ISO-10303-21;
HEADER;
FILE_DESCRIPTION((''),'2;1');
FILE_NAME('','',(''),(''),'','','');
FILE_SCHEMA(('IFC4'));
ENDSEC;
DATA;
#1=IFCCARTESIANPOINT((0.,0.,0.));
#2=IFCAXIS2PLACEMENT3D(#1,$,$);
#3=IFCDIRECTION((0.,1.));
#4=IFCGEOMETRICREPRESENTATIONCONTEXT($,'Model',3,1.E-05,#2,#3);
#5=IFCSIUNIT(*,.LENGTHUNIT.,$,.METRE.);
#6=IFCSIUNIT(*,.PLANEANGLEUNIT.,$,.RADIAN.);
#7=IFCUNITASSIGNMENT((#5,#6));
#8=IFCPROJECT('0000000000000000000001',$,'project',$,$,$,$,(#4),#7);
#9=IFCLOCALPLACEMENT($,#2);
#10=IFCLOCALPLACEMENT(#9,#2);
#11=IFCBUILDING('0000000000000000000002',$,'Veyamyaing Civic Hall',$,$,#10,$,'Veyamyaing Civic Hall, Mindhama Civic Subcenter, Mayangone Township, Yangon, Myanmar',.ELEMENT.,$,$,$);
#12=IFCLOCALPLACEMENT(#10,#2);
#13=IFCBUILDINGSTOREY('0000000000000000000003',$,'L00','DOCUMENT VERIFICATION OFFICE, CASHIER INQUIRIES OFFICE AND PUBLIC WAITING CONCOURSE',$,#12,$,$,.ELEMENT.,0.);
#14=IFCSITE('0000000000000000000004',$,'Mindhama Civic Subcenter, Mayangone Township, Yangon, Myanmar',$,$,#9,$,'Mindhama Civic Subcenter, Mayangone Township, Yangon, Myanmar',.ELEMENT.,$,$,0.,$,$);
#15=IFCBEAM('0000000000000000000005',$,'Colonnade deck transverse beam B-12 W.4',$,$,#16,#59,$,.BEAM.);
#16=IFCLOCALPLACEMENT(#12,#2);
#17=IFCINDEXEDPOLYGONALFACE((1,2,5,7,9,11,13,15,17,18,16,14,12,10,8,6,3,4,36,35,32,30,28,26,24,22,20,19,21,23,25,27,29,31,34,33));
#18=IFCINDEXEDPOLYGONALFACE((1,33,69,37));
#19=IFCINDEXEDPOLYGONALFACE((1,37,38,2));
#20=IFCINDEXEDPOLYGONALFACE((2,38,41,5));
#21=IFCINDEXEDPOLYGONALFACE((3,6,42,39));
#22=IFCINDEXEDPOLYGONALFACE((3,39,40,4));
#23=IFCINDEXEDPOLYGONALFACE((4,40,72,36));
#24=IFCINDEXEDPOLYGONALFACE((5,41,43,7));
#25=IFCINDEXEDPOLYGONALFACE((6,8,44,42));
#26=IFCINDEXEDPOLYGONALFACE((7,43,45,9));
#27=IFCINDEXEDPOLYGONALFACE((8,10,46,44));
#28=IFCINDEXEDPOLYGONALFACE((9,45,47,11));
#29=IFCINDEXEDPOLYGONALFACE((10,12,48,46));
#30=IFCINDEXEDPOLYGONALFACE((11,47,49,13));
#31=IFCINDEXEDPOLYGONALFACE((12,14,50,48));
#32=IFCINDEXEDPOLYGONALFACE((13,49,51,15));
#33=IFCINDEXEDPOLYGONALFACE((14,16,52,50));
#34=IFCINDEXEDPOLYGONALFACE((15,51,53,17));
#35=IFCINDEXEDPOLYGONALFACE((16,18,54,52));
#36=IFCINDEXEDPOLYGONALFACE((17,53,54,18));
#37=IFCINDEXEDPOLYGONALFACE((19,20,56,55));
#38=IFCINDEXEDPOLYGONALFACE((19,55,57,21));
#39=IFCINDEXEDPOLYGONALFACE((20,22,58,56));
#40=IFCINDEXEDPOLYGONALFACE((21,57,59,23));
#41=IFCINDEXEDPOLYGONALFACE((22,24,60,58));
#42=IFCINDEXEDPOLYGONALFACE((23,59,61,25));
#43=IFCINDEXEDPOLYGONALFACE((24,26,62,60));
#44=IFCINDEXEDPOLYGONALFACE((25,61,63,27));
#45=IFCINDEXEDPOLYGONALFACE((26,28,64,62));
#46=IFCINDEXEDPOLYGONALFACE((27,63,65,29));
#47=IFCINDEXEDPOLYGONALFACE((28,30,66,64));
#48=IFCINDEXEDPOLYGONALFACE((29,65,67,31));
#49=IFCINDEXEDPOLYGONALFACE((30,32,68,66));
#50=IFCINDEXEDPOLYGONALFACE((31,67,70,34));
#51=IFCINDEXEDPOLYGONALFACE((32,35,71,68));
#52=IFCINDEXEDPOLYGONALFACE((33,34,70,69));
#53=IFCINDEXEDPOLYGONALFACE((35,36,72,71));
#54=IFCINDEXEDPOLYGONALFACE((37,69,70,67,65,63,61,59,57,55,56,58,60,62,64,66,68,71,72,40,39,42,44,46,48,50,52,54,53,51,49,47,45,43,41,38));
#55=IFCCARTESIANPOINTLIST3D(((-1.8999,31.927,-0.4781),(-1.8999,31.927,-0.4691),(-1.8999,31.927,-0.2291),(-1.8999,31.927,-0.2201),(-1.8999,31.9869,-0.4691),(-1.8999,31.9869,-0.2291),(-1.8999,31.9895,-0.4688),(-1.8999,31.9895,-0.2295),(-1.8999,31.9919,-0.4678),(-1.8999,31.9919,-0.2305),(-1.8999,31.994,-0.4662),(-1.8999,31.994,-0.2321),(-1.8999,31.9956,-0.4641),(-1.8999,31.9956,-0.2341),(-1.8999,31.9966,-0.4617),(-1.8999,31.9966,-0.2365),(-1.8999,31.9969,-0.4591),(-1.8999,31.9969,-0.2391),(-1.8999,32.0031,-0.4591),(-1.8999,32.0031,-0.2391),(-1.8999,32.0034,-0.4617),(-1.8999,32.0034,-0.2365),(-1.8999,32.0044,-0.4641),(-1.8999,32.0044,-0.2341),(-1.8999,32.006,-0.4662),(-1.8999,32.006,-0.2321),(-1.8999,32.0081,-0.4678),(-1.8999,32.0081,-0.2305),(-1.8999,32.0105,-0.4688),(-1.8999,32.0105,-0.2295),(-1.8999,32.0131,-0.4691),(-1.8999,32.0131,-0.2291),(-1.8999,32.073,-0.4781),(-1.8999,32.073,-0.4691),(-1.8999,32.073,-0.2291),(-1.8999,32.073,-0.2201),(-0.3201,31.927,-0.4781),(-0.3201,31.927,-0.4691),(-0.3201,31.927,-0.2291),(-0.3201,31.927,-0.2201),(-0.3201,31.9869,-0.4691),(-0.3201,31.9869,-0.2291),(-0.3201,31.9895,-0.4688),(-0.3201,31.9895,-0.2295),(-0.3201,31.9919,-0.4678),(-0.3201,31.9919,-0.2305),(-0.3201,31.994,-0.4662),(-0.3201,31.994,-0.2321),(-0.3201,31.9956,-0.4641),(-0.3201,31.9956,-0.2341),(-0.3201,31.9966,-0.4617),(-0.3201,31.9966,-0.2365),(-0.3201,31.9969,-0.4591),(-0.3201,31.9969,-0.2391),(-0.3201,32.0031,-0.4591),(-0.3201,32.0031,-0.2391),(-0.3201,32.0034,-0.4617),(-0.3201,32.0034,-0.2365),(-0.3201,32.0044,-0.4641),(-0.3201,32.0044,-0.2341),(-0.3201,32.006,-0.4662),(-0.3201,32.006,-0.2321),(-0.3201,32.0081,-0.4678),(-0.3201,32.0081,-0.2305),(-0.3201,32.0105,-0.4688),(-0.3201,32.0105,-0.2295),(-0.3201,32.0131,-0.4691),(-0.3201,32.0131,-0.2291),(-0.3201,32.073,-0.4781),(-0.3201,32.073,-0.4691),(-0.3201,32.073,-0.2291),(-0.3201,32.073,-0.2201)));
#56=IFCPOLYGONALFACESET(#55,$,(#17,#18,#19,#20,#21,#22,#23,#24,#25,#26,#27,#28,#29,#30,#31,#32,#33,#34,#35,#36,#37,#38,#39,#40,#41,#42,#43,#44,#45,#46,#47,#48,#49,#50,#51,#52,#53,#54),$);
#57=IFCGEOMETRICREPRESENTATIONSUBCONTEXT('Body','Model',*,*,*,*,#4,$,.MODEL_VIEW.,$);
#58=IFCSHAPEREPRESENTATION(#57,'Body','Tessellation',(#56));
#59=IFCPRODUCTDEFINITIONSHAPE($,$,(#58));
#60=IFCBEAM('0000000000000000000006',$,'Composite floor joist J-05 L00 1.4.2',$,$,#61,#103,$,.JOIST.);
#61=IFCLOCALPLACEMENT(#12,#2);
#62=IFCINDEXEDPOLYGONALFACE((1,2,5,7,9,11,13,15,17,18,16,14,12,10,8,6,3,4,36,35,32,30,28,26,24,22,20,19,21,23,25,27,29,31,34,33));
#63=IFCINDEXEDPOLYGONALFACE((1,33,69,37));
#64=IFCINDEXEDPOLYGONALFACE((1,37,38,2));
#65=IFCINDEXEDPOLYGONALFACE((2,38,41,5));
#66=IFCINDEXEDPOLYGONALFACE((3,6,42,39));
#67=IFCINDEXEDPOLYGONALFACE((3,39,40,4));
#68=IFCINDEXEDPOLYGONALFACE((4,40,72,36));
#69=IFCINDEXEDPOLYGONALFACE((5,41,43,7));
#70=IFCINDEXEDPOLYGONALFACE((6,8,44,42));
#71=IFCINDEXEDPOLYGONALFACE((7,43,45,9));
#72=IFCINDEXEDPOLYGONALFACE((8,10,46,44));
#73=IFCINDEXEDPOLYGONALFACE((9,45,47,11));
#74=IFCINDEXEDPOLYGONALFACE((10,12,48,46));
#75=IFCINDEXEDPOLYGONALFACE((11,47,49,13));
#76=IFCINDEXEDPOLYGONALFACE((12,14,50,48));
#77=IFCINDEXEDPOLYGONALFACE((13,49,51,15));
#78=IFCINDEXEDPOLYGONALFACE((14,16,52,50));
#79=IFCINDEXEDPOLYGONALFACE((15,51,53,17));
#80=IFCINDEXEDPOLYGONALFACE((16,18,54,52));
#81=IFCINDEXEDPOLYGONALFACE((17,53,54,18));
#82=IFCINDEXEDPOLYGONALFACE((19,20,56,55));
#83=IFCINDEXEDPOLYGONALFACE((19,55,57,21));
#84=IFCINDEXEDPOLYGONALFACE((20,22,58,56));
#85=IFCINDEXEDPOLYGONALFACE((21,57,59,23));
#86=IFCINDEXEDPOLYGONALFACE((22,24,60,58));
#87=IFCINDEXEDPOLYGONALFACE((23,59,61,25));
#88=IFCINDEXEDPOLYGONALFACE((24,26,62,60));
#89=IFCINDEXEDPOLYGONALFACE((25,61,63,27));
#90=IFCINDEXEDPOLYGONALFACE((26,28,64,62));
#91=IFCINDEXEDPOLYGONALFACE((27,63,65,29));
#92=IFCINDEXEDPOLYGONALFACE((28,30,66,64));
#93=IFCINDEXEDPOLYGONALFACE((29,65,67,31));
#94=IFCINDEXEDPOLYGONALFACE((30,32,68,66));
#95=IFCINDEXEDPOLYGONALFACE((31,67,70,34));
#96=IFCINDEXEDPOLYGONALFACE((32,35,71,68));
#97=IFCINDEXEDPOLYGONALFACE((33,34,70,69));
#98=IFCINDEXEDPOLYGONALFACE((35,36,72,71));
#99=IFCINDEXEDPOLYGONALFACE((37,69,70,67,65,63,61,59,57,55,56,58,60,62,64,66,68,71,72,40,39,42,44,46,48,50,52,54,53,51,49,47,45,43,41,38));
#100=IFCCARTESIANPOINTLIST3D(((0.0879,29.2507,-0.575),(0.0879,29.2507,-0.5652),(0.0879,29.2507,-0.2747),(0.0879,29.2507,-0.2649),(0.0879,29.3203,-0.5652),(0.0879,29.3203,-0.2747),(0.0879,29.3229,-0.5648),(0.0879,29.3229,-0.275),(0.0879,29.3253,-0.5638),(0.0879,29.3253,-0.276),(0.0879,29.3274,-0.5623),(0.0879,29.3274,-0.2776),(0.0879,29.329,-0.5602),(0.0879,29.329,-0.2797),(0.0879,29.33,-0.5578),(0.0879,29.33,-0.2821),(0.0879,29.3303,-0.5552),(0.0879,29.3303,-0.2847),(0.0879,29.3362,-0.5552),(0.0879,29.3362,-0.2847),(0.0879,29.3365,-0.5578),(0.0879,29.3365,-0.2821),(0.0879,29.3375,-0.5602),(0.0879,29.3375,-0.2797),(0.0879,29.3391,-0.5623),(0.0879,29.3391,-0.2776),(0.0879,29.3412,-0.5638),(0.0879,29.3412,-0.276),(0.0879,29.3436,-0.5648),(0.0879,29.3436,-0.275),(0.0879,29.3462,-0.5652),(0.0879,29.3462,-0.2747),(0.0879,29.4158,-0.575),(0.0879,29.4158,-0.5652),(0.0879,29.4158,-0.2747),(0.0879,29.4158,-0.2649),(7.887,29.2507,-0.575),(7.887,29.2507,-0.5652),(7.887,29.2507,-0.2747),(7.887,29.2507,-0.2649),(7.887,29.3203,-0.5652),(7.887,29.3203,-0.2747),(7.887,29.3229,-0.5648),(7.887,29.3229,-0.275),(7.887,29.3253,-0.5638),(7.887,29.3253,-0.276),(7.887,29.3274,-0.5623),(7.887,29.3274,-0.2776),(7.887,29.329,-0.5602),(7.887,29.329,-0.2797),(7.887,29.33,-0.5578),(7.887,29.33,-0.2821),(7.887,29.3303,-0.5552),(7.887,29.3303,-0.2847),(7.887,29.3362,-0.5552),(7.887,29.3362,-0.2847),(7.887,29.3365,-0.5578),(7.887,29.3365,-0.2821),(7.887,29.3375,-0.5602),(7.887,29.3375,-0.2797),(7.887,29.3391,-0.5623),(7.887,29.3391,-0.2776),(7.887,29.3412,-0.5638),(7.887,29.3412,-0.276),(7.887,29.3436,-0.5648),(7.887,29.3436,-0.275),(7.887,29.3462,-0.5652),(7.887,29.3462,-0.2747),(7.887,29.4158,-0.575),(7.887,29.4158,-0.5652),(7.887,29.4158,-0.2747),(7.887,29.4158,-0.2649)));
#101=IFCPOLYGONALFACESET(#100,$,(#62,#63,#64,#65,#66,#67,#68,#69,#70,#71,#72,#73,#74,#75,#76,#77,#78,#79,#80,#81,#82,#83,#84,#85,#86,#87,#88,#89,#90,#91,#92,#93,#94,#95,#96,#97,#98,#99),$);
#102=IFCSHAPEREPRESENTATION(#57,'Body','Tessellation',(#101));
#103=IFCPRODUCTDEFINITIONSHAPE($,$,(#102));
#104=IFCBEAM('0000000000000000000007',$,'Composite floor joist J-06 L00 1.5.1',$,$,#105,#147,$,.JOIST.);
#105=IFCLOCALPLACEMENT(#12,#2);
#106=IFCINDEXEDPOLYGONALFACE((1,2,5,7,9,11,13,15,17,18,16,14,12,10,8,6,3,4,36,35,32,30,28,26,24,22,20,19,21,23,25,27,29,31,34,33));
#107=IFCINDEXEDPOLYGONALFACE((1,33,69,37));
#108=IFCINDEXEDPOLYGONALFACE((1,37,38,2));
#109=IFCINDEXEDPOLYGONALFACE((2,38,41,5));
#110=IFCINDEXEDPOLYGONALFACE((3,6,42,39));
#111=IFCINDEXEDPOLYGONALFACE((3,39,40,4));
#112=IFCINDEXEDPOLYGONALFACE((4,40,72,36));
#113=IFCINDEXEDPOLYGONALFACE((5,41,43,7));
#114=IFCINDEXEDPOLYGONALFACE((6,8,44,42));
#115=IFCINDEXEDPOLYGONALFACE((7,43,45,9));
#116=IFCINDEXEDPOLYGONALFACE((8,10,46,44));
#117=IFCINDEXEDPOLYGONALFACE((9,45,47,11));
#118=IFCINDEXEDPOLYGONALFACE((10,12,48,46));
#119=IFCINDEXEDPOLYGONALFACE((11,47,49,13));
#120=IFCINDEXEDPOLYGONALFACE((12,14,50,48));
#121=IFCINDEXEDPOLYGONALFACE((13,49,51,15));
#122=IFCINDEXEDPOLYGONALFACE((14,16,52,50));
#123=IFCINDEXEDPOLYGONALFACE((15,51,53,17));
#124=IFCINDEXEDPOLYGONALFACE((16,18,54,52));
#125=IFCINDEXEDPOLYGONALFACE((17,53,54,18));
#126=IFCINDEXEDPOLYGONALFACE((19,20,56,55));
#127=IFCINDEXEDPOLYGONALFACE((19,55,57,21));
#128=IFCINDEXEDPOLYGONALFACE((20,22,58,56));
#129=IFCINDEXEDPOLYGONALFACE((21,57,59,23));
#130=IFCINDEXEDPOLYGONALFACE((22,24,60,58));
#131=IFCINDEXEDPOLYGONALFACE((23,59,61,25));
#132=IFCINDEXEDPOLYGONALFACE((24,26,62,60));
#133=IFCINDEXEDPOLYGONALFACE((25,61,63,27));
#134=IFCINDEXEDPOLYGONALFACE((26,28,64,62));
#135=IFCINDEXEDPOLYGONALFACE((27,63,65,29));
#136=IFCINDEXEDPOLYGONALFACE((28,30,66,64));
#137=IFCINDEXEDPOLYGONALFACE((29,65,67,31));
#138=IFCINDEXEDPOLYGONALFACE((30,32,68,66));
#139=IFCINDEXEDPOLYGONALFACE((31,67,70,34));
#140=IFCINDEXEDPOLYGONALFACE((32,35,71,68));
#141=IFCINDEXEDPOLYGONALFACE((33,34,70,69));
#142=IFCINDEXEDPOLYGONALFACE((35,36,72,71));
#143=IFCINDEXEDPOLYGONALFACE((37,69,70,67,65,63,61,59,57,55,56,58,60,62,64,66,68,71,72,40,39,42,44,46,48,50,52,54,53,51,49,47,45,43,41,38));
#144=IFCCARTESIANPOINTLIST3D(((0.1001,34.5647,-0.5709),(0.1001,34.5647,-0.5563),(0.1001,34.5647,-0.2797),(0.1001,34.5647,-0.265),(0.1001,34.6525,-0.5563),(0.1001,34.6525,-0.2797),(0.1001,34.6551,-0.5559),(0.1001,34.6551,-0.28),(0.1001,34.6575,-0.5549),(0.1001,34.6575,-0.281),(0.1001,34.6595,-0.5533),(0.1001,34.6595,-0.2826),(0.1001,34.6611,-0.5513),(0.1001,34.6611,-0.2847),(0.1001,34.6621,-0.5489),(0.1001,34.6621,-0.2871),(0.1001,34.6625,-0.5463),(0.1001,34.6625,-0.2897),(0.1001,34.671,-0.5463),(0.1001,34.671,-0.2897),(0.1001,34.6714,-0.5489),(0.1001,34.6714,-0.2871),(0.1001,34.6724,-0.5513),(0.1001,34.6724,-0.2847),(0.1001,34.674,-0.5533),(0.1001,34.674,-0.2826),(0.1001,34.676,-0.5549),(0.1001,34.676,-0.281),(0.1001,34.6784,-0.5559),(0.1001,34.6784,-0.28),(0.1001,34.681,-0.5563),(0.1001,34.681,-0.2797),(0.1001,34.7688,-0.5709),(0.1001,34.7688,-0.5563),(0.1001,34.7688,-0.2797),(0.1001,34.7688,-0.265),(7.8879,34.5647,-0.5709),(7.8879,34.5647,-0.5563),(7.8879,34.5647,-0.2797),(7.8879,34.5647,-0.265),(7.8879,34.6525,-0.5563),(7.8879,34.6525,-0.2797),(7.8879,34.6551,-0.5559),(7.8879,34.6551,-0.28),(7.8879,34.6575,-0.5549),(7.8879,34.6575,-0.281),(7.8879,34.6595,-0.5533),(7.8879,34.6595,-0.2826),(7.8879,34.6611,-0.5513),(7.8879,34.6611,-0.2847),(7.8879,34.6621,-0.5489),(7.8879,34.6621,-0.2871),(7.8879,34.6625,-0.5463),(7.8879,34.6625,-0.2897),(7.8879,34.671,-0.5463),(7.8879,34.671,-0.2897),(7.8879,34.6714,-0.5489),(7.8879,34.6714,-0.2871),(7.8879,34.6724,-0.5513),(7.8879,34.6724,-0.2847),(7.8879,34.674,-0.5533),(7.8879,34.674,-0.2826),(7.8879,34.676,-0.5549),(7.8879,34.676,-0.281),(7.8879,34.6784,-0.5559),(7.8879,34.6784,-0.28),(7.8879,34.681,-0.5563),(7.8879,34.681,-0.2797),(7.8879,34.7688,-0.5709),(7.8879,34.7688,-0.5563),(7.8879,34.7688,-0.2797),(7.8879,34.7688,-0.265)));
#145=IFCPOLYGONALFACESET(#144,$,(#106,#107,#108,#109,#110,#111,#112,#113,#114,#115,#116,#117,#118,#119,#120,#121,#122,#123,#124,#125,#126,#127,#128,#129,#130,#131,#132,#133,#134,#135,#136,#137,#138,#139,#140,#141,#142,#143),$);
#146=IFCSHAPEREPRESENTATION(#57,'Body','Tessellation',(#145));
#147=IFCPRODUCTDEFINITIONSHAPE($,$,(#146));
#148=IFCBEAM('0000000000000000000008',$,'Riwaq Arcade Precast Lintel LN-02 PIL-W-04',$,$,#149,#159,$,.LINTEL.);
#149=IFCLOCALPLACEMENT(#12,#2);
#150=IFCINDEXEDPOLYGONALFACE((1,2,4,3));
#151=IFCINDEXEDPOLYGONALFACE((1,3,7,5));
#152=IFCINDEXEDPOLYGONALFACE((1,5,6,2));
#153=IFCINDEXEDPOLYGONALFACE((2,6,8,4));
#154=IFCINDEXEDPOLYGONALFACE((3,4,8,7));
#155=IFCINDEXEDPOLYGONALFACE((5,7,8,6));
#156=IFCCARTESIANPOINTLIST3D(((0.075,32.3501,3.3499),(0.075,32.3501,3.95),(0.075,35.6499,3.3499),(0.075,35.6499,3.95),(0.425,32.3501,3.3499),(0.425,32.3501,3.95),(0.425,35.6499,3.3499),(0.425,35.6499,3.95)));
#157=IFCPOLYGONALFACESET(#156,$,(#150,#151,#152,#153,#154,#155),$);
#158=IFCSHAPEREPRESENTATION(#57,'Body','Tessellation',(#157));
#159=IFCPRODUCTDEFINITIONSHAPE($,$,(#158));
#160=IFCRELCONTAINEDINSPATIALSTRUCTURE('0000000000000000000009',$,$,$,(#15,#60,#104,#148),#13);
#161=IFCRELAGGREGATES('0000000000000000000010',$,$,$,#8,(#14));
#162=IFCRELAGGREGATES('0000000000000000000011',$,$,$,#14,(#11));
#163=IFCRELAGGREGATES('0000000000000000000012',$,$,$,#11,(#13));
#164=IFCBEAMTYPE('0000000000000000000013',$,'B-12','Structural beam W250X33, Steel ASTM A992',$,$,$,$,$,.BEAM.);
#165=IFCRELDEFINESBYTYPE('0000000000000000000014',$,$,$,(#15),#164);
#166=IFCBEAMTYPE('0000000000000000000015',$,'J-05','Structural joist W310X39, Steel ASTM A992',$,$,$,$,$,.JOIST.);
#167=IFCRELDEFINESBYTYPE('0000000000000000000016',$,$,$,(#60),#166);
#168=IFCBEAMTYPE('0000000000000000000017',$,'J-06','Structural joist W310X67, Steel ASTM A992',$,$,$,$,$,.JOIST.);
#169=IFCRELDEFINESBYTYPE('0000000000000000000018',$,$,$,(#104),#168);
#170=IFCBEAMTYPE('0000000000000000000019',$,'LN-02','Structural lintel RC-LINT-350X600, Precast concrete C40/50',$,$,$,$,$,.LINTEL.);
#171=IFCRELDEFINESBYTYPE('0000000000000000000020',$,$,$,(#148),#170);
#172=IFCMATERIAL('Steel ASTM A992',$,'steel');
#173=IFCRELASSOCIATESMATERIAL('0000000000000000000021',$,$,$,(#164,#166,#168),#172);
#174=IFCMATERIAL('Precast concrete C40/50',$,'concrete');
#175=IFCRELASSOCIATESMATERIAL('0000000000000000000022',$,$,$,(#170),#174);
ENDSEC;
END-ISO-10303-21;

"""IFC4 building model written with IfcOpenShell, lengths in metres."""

from ifc_helpers import new_model, si_unit, direction, frame, origin, origin_2d, place, context, subcontext, project, spatial, rectangle, i_section, extrude, material, material_profile, profile_set, type_object, element, save


model = new_model("IFC4")

# Units and contexts
model_context = context("Model", 3, precision=1e-05, world=origin(), true_north=direction((0.0, 1.0)))
body_context = subcontext(model_context, "Body", "Model", "MODEL_VIEW")
ifc_project = project(units=[si_unit("LENGTHUNIT", "METRE"), si_unit("PLANEANGLEUNIT", "RADIAN")], contexts=[model_context])

# Site, building, storey
site_placement = place(None, origin())
site = spatial("IfcSite", under=ifc_project, at=site_placement, Name="Mindhama Civic Subcenter, Mayangone Township, Yangon, Myanmar", LongName="Mindhama Civic Subcenter, Mayangone Township, Yangon, Myanmar", CompositionType="ELEMENT", RefElevation=0.0)
building_placement = place(site_placement, origin())
building = spatial("IfcBuilding", under=site, at=building_placement, Name="Veyamyaing Civic Hall", LongName="Veyamyaing Civic Hall, Mindhama Civic Subcenter, Mayangone Township, Yangon, Myanmar", CompositionType="ELEMENT")
storey_placement = place(building_placement, origin())
storey = spatial("IfcBuildingStorey", under=building, at=storey_placement, Name="L00", Description="DOCUMENT VERIFICATION OFFICE, CASHIER INQUIRIES OFFICE AND PUBLIC WAITING CONCOURSE", CompositionType="ELEMENT", Elevation=0.0)

# Beams
ifc_material_1 = material(Name="Steel ASTM A992", Category="steel")
ifc_material_profile_1 = material_profile(ifc_material_1, i_section(OverallWidth=0.146, OverallDepth=0.2581, WebThickness=0.0061, FlangeThickness=0.009, FilletRadius=0.01, at=origin_2d()), Name="W250X33")
ifc_profile_set_1 = profile_set([ifc_material_profile_1], Name="Steel ASTM A992")
beam_type_1 = type_object("IfcBeamType", Name="B-12", Description="Structural beam W250X33, Steel ASTM A992", PredefinedType="BEAM", material=ifc_profile_set_1)
beam_1_placement = place(storey_placement, frame((-1.8999, 32.0, -0.3491), z_axis=(1.0, 0.0, 0.0), x_axis=(0.0, 1.0, 0.0)))
element("IfcBeam", 1, at=beam_1_placement, inside=storey, type_object=beam_type_1, Name="Colonnade deck transverse beam B-12 W.4", PredefinedType="BEAM", context=body_context, shape_type="SweptSolid", body=[
    extrude(i_section(OverallWidth=0.146, OverallDepth=0.2581, WebThickness=0.0061, FlangeThickness=0.009, FilletRadius=0.01, at=origin_2d()), origin(), (0.0, 0.0, 1.0), 1.5798),
])
ifc_material_profile_2 = material_profile(ifc_material_1, i_section(OverallWidth=0.165, OverallDepth=0.3101, WebThickness=0.0059, FlangeThickness=0.0098, FilletRadius=0.01, at=origin_2d()), Name="W310X39")
ifc_profile_set_2 = profile_set([ifc_material_profile_2], Name="Steel ASTM A992")
beam_type_2 = type_object("IfcBeamType", Name="J-05", Description="Structural joist W310X39, Steel ASTM A992", PredefinedType="JOIST", material=ifc_profile_set_2)
beam_2_placement = place(storey_placement, frame((0.0879, 29.3333, -0.4199), z_axis=(1.0, 0.0, 0.0), x_axis=(0.0, 1.0, 0.0)))
element("IfcBeam", 2, at=beam_2_placement, inside=storey, type_object=beam_type_2, Name="Composite floor joist J-05 L00 1.4.2", PredefinedType="JOIST", context=body_context, shape_type="SweptSolid", body=[
    extrude(i_section(OverallWidth=0.165, OverallDepth=0.3101, WebThickness=0.0059, FlangeThickness=0.0098, FilletRadius=0.01, at=origin_2d()), origin(), (0.0, 0.0, 1.0), 7.7991),
])
ifc_material_profile_3 = material_profile(ifc_material_1, i_section(OverallWidth=0.2041, OverallDepth=0.3059, WebThickness=0.0085, FlangeThickness=0.0146, FilletRadius=0.01, at=origin_2d()), Name="W310X67")
ifc_profile_set_3 = profile_set([ifc_material_profile_3], Name="Steel ASTM A992")
beam_type_3 = type_object("IfcBeamType", Name="J-06", Description="Structural joist W310X67, Steel ASTM A992", PredefinedType="JOIST", material=ifc_profile_set_3)
beam_3_placement = place(storey_placement, frame((0.1001, 34.6667, -0.418), z_axis=(1.0, 0.0, 0.0), x_axis=(0.0, 1.0, 0.0)))
element("IfcBeam", 3, at=beam_3_placement, inside=storey, type_object=beam_type_3, Name="Composite floor joist J-06 L00 1.5.1", PredefinedType="JOIST", context=body_context, shape_type="SweptSolid", body=[
    extrude(i_section(OverallWidth=0.2041, OverallDepth=0.3059, WebThickness=0.0085, FlangeThickness=0.0146, FilletRadius=0.01, at=origin_2d()), origin(), (0.0, 0.0, 1.0), 7.7878),
])
ifc_material_2 = material(Name="Precast concrete C40/50", Category="concrete")
ifc_material_profile_4 = material_profile(ifc_material_2, rectangle(XDim=0.3501, YDim=0.6001, at=origin_2d()), Name="RC-LINT-350X600")
ifc_profile_set_4 = profile_set([ifc_material_profile_4], Name="Precast concrete C40/50")
beam_type_4 = type_object("IfcBeamType", Name="LN-02", Description="Structural lintel RC-LINT-350X600, Precast concrete C40/50", PredefinedType="LINTEL", material=ifc_profile_set_4)
beam_4_placement = place(storey_placement, frame((0.25, 32.3501, 3.6499), z_axis=(0.0, 1.0, 0.0), x_axis=(-1.0, 0.0, 0.0)))
element("IfcBeam", 4, at=beam_4_placement, inside=storey, type_object=beam_type_4, Name="Riwaq Arcade Precast Lintel LN-02 PIL-W-04", PredefinedType="LINTEL", context=body_context, shape_type="SweptSolid", body=[
    extrude(rectangle(XDim=0.3501, YDim=0.6001, at=origin_2d()), origin(), (0.0, 0.0, 1.0), 3.2998),
])

save(model, "model.ifc")
